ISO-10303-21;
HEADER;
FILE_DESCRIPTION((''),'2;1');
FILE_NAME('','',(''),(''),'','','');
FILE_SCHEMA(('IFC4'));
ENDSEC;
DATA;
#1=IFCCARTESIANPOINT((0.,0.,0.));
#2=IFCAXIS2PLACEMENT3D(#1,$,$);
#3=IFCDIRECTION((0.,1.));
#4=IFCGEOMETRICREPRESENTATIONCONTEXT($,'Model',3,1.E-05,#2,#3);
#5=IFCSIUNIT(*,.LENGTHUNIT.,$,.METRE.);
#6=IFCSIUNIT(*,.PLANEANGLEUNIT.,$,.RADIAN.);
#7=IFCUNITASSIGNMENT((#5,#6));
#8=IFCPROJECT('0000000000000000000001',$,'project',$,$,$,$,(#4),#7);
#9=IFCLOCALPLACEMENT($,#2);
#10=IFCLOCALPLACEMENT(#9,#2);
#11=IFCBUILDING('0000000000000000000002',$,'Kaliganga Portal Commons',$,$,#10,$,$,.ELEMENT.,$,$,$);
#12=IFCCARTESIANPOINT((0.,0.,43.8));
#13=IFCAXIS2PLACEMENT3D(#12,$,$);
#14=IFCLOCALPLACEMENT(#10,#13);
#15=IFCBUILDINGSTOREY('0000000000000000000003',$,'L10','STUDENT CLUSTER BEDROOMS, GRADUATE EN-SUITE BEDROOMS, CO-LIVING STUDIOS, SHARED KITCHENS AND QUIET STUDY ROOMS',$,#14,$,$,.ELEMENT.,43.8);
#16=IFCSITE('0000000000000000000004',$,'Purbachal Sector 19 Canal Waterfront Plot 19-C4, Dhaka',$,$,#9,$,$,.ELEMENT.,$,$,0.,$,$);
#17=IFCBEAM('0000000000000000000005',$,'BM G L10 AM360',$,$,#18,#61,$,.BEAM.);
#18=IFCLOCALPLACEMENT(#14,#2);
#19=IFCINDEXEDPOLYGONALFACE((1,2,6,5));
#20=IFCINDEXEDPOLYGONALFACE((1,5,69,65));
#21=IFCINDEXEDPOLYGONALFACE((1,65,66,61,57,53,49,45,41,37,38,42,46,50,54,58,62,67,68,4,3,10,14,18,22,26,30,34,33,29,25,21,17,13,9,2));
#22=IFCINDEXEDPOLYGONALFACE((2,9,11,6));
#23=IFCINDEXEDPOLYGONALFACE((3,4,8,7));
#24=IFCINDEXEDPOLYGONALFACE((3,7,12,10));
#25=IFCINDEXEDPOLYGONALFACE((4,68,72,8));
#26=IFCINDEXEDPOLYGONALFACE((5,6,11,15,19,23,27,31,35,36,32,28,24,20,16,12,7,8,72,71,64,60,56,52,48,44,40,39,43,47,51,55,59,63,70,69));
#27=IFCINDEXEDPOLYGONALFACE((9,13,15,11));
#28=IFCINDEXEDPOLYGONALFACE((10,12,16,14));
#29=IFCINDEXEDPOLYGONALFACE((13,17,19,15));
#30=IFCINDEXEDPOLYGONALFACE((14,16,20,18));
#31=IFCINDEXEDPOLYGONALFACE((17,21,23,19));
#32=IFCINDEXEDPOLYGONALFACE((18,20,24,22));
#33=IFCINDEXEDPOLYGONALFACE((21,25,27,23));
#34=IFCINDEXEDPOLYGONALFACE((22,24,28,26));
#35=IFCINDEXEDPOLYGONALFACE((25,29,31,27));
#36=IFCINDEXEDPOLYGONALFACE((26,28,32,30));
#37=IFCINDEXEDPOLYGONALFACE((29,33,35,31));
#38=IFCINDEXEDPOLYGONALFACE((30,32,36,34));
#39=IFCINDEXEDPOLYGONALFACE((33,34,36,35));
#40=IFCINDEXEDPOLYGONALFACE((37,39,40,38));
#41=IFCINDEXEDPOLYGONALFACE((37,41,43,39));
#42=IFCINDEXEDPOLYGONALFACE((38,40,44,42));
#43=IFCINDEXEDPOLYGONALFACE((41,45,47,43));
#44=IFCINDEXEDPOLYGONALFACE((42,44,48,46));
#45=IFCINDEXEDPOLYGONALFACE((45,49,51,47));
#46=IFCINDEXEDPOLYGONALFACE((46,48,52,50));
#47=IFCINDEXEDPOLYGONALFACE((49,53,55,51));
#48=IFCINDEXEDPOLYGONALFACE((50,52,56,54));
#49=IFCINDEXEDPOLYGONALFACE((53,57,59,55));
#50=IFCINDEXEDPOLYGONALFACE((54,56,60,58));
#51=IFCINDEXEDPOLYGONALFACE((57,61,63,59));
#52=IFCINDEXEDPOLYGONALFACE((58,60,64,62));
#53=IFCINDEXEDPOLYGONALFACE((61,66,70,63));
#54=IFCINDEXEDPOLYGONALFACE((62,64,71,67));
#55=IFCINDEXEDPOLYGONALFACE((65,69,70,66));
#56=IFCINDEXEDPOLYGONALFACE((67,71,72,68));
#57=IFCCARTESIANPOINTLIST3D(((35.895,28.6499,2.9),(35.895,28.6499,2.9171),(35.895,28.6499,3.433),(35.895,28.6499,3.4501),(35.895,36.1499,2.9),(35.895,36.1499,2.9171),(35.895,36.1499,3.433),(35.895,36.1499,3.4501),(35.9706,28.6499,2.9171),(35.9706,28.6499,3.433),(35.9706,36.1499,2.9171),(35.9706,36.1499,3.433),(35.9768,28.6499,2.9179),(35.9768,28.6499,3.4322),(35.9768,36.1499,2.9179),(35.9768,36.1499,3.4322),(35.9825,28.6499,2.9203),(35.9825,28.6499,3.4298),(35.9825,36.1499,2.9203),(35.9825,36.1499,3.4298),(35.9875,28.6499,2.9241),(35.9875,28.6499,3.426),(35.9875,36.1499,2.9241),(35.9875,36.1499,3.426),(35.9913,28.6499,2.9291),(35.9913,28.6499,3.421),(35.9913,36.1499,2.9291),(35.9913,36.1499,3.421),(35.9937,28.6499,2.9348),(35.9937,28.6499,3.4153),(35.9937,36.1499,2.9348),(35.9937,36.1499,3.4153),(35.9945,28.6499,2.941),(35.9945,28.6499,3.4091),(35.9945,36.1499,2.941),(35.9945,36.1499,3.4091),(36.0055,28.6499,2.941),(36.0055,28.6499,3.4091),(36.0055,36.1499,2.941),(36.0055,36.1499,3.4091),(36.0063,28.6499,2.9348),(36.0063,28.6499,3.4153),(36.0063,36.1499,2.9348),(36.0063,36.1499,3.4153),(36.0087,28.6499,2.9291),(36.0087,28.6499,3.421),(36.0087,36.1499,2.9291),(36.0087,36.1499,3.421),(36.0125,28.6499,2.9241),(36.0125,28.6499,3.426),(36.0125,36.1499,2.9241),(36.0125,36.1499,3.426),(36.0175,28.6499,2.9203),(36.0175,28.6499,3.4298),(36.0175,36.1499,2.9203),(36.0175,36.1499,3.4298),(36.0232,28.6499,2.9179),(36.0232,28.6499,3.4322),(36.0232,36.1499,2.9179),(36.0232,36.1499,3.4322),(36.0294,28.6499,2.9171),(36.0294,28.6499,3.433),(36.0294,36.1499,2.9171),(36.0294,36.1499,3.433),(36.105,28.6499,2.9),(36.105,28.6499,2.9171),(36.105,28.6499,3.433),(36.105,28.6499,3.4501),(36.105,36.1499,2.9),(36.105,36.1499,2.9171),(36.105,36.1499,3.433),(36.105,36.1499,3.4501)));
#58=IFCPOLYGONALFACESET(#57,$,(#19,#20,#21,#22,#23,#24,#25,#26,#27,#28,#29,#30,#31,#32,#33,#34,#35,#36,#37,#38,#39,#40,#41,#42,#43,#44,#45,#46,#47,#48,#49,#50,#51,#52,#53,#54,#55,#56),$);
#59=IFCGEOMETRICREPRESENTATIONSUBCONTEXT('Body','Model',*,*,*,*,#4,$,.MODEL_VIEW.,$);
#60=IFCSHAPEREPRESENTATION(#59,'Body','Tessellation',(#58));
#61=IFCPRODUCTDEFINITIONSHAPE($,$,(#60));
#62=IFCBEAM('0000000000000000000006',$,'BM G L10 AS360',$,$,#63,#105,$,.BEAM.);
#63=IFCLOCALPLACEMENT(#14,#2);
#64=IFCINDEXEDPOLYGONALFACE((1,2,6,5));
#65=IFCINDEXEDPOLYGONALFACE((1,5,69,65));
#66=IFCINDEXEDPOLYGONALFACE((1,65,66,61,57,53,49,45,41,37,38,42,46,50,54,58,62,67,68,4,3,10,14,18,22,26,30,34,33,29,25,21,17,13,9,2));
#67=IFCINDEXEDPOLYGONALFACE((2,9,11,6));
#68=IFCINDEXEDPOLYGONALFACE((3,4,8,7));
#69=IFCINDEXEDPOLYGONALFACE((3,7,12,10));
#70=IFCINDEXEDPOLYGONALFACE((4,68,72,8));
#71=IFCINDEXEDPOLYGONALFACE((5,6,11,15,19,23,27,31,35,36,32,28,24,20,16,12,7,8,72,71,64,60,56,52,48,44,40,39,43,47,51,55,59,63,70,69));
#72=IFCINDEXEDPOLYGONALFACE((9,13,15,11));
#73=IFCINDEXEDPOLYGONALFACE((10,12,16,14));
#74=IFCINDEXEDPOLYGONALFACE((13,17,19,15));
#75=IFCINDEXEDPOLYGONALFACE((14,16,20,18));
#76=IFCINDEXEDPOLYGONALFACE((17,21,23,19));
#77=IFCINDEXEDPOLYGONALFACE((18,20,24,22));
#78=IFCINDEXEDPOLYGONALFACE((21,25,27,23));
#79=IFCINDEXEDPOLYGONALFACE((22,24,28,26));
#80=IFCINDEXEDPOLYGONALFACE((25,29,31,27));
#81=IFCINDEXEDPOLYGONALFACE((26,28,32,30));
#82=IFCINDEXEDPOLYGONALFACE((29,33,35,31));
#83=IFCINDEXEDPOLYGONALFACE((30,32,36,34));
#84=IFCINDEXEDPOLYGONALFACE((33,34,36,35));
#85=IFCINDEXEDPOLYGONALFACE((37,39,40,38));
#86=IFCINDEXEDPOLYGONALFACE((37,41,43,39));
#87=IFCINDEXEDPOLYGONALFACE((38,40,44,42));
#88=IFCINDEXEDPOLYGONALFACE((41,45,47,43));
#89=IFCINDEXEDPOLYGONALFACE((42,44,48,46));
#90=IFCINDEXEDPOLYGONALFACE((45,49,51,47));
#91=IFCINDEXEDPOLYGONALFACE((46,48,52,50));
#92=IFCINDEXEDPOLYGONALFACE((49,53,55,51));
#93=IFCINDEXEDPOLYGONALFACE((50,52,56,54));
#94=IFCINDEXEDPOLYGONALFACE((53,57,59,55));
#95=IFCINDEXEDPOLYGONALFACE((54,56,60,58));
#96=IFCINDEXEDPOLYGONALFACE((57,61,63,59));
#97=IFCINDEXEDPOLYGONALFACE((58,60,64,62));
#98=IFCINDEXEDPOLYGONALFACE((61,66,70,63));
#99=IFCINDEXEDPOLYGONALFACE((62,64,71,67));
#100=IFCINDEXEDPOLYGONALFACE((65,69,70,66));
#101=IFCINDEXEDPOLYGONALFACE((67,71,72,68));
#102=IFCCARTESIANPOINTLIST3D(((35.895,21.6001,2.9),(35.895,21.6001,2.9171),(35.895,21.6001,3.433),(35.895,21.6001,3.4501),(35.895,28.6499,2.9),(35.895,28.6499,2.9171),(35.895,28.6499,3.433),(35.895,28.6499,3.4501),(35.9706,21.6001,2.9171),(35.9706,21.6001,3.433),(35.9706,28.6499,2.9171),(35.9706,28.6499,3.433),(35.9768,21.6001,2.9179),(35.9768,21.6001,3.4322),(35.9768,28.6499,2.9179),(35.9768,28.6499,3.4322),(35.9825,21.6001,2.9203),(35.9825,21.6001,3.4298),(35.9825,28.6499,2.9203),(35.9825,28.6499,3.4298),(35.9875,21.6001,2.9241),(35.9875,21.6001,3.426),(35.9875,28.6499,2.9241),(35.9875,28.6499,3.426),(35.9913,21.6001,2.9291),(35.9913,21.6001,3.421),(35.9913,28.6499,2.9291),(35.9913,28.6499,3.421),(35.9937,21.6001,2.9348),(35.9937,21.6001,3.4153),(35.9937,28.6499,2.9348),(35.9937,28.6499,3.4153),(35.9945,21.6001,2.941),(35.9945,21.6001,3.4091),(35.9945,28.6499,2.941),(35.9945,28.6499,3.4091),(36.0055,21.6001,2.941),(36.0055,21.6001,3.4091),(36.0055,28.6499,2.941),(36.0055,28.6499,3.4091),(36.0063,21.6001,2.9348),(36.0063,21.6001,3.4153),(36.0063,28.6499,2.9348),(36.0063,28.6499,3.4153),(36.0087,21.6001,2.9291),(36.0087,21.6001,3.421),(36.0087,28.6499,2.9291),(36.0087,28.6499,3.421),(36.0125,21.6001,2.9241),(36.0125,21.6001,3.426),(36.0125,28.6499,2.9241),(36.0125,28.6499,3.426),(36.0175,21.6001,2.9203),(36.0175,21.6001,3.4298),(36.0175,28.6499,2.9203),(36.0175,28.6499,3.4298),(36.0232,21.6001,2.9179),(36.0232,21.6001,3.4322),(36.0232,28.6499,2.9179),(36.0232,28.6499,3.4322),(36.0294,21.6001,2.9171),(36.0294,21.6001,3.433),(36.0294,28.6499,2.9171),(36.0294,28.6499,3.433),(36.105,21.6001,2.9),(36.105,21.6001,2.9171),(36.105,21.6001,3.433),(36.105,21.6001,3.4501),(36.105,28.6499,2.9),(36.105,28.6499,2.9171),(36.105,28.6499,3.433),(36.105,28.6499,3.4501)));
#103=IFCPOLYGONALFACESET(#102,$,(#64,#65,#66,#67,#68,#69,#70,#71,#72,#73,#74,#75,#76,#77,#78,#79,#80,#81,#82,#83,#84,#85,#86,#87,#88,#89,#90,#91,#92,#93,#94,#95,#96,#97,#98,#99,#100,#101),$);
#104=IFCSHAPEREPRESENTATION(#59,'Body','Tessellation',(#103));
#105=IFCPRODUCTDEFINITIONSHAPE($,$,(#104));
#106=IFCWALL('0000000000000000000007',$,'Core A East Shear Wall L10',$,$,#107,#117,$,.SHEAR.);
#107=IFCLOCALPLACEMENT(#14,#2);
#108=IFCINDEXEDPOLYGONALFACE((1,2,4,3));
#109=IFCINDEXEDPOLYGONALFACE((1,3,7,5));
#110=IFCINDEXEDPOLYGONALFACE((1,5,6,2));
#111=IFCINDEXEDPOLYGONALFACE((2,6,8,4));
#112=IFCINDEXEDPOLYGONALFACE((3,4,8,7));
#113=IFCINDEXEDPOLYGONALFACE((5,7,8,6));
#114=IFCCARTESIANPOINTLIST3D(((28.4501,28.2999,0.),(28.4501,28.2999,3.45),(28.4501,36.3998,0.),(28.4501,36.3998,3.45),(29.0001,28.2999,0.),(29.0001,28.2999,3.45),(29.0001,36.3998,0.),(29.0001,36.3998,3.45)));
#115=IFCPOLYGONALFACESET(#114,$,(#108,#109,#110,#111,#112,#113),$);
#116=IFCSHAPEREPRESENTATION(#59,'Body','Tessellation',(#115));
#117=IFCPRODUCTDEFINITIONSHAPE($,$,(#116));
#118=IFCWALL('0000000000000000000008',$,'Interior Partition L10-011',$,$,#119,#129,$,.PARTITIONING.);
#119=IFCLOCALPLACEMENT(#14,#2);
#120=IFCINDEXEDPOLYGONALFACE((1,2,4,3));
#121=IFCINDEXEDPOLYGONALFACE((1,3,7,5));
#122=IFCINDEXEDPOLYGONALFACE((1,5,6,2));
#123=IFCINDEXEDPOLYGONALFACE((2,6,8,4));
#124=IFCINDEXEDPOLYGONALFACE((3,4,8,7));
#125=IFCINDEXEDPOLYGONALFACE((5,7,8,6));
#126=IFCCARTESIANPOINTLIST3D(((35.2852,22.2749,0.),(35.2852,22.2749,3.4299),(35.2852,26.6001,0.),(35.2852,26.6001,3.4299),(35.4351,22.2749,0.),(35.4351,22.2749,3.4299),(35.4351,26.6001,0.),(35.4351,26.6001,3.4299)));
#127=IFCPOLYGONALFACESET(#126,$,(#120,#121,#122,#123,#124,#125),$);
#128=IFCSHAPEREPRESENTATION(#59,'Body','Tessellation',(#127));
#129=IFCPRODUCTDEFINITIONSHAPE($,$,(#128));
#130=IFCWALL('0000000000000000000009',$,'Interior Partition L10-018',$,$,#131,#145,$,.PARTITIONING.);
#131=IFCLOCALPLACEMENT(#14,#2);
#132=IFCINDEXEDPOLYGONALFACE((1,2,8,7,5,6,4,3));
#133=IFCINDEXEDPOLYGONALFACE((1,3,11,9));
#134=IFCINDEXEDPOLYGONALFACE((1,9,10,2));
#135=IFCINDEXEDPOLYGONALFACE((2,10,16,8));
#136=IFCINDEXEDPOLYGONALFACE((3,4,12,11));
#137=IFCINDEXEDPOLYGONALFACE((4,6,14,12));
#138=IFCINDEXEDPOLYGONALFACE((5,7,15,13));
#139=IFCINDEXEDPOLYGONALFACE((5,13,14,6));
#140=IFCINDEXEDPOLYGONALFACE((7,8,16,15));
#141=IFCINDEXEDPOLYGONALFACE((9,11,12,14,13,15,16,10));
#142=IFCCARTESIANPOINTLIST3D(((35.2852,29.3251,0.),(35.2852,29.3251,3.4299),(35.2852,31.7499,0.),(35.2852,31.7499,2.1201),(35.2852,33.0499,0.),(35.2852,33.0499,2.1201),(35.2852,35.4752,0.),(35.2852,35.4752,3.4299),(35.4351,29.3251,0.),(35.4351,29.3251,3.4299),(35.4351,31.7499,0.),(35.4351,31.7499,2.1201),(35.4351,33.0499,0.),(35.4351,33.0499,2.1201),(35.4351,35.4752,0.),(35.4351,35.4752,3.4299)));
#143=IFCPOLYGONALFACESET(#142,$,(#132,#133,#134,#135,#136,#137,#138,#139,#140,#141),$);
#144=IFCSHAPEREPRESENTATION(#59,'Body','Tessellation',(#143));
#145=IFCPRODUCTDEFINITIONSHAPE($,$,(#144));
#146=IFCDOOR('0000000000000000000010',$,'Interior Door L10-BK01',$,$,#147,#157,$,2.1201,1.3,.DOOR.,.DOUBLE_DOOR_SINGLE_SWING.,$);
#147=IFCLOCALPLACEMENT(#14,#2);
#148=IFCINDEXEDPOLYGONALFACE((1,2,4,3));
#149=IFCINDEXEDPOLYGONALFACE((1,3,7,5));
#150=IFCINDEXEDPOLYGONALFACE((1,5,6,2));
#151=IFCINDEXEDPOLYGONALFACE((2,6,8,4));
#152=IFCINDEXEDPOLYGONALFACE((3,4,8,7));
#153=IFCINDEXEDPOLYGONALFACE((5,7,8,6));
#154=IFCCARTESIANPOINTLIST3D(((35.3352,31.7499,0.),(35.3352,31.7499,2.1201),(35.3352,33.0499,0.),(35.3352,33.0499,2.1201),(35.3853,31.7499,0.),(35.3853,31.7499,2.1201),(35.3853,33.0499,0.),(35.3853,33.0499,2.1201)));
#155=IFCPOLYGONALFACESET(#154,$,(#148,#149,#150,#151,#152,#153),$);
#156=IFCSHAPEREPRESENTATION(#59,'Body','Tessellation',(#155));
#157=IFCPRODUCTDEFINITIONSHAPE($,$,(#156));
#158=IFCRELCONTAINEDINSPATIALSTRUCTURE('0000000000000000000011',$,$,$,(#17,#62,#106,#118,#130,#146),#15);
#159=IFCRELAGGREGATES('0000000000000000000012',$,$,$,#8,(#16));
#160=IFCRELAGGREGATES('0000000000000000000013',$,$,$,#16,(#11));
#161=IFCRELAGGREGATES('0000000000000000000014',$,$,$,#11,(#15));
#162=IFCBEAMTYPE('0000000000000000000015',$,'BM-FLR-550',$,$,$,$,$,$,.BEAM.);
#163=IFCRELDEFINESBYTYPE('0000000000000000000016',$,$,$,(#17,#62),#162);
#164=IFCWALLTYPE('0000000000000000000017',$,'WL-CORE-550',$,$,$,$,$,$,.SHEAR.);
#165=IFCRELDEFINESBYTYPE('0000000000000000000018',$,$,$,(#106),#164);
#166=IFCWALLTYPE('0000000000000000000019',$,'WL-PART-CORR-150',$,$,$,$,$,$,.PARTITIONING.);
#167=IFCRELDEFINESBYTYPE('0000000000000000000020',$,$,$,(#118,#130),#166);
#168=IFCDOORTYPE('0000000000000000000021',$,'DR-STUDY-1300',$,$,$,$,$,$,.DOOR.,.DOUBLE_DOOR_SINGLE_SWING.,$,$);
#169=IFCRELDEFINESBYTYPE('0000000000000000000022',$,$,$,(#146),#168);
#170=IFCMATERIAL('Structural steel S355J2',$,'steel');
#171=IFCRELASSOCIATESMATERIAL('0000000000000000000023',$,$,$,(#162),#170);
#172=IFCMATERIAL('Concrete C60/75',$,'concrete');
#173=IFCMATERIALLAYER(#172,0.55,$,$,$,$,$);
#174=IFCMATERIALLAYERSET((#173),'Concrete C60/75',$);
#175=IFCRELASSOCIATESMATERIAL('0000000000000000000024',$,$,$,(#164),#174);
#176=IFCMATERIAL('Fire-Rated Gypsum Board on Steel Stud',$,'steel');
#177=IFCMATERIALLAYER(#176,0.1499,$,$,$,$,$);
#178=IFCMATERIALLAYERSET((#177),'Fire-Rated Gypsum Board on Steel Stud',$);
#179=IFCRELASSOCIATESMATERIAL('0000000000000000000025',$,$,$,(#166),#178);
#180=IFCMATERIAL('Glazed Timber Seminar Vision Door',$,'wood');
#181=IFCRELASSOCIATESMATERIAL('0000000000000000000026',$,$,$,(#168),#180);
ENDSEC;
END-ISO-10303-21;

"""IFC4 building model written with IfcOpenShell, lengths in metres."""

from ifc_helpers import new_model, si_unit, direction, frame, frame_2d, origin, origin_2d, place, context, subcontext, project, spatial, rectangle, i_section, extrude, source, transform, mapped, material, layer, layer_set, material_profile, profile_set, type_object, element, fill, save


model = new_model("IFC4")

# Units and contexts
model_context = context("Model", 3, precision=1e-05, world=origin(), true_north=direction((0.0, 1.0)))
body_context = subcontext(model_context, "Body", "Model", "MODEL_VIEW")
ifc_project = project(units=[si_unit("LENGTHUNIT", "METRE"), si_unit("PLANEANGLEUNIT", "RADIAN")], contexts=[model_context])

# Site, building, storey
site_placement = place(None, origin())
site = spatial("IfcSite", under=ifc_project, at=site_placement, Name="Purbachal Sector 19 Canal Waterfront Plot 19-C4, Dhaka", CompositionType="ELEMENT", RefElevation=0.0)
building_placement = place(site_placement, origin())
building = spatial("IfcBuilding", under=site, at=building_placement, Name="Kaliganga Portal Commons", CompositionType="ELEMENT")
storey_placement = place(building_placement, frame((0.0, 0.0, 43.8)))
storey = spatial("IfcBuildingStorey", under=building, at=storey_placement, Name="L10", Description="STUDENT CLUSTER BEDROOMS, GRADUATE EN-SUITE BEDROOMS, CO-LIVING STUDIOS, SHARED KITCHENS AND QUIET STUDY ROOMS", CompositionType="ELEMENT", Elevation=43.8)

# Beams
ifc_material_1 = material(Name="Structural steel S355J2", Category="steel")
ifc_material_profile_1 = material_profile(ifc_material_1, i_section(OverallWidth=0.21, OverallDepth=0.55, WebThickness=0.011, FlangeThickness=0.0171, FilletRadius=0.0239, at=origin_2d()), Name="IPE 550")
ifc_profile_set_1 = profile_set([ifc_material_profile_1], Name="Structural steel S355J2 wide-flange")
beam_type_1 = type_object("IfcBeamType", Name="BM-FLR-550", PredefinedType="BEAM", material=ifc_profile_set_1)
shared_shape_1 = source(origin(), body_context, "Body", "SweptSolid", [
    extrude(i_section(OverallWidth=0.21, OverallDepth=0.55, WebThickness=0.011, FlangeThickness=0.0171, FilletRadius=0.0239, at=origin_2d()), origin(), (0.0, 0.0, 1.0), 7.5),
])
for number, where, z_axis, x_axis, name in (
    (1, (36.0, 28.6499, 3.175), (0.0, 1.0, 0.0), (-1.0, 0.0, 0.0), "BM G L10 AM360"),
):
    element("IfcBeam", number, at=place(storey_placement, frame(where, z_axis=z_axis, x_axis=x_axis)), inside=storey, type_object=beam_type_1, Name=name, PredefinedType="BEAM", context=body_context, shape_type="MappedRepresentation", body=[
        mapped(shared_shape_1, transform((0.0, 0.0, 0.0), x_axis=(1.0, 0.0, 0.0), y_axis=(0.0, 1.0, 0.0), z_axis=(0.0, 0.0, 1.0), scale=1.0)),
    ])
shared_shape_2 = source(origin(), body_context, "Body", "SweptSolid", [
    extrude(i_section(OverallWidth=0.21, OverallDepth=0.55, WebThickness=0.011, FlangeThickness=0.0171, FilletRadius=0.0239, at=origin_2d()), origin(), (0.0, 0.0, 1.0), 7.0498),
])
beam_1_placement = place(storey_placement, frame((36.0, 21.6001, 3.175), z_axis=(0.0, 1.0, 0.0), x_axis=(-1.0, 0.0, 0.0)))
element("IfcBeam", 2, at=beam_1_placement, inside=storey, type_object=beam_type_1, Name="BM G L10 AS360", PredefinedType="BEAM", context=body_context, shape_type="MappedRepresentation", body=[
    mapped(shared_shape_2, transform((0.0, 0.0, 0.0), x_axis=(1.0, 0.0, 0.0), y_axis=(0.0, 1.0, 0.0), z_axis=(0.0, 0.0, 1.0), scale=1.0)),
])

# Walls
ifc_material_2 = material(Name="Concrete C60/75", Category="concrete")
ifc_layer_1 = layer(ifc_material_2, 0.55)
ifc_layer_set_1 = layer_set([ifc_layer_1], Name="Concrete C60/75")
wall_type_1 = type_object("IfcWallType", Name="WL-CORE-550", PredefinedType="SHEAR", material=ifc_layer_set_1)
wall_1_placement = place(storey_placement, frame((28.7251, 28.3, 0.0), z_axis=(0.0, 0.0, 1.0), x_axis=(0.0, 1.0, 0.0)))
element("IfcWall", 3, at=wall_1_placement, inside=storey, type_object=wall_type_1, Name="Core A East Shear Wall L10", PredefinedType="SHEAR", context=body_context, shape_type="SweptSolid", body=[
    extrude(rectangle(XDim=8.0999, YDim=0.55, at=frame_2d((4.0498, 0.0))), origin(), (0.0, 0.0, 1.0), 3.45),
])
ifc_material_3 = material(Name="Fire-Rated Gypsum Board on Steel Stud", Category="steel")
ifc_layer_2 = layer(ifc_material_3, 0.1499)
ifc_layer_set_2 = layer_set([ifc_layer_2], Name="Fire-Rated Gypsum Board on Steel Stud")
wall_type_2 = type_object("IfcWallType", Name="WL-PART-CORR-150", PredefinedType="PARTITIONING", material=ifc_layer_set_2)
wall_2_placement = place(storey_placement, frame((35.3601, 22.2749, 0.0), z_axis=(0.0, 0.0, 1.0), x_axis=(0.0, 1.0, 0.0)))
element("IfcWall", 4, at=wall_2_placement, inside=storey, type_object=wall_type_2, Name="Interior Partition L10-011", PredefinedType="PARTITIONING", context=body_context, shape_type="SweptSolid", body=[
    extrude(rectangle(XDim=4.3252, YDim=0.1499, at=frame_2d((2.1626, 0.0))), origin(), (0.0, 0.0, 1.0), 3.4299),
])

# Wall, opening, door
wall_3_placement = place(storey_placement, frame((35.3601, 29.325, 0.0), z_axis=(0.0, 0.0, 1.0), x_axis=(0.0, 1.0, 0.0)))
wall_3 = element("IfcWall", 5, at=wall_3_placement, inside=storey, type_object=wall_type_2, Name="Interior Partition L10-018", PredefinedType="PARTITIONING", context=body_context, shape_type="SweptSolid", body=[
    extrude(rectangle(XDim=6.1501, YDim=0.1499, at=frame_2d((3.0752, 0.0))), origin(), (0.0, 0.0, 1.0), 3.4299),
])
opening_1_placement = place(wall_3_placement, frame((2.425, 0.0, 0.0)))
opening_1 = element("IfcOpeningElement", 6, at=opening_1_placement, cuts=wall_3, PredefinedType="OPENING", context=body_context, shape_type="SweptSolid", body=[
    extrude(rectangle(XDim=1.3, YDim=2.1201, at=frame_2d((0.6499, 1.0601))), frame((0.0, 0.085, 0.0), z_axis=(0.0, -1.0, 0.0), x_axis=(1.0, 0.0, 0.0)), (0.0, 0.0, 1.0), 0.1699),
])
ifc_material_4 = material(Name="Glazed Timber Seminar Vision Door", Category="wood")
door_type_1 = type_object("IfcDoorType", Name="DR-STUDY-1300", OperationType="DOUBLE_DOOR_SINGLE_SWING", PredefinedType="DOOR", material=ifc_material_4)
door_1_placement = place(opening_1_placement, origin())
door_1 = element("IfcDoor", 7, at=door_1_placement, inside=storey, type_object=door_type_1, Name="Interior Door L10-BK01", OperationType="DOUBLE_DOOR_SINGLE_SWING", OverallHeight=2.1201, OverallWidth=1.3, PredefinedType="DOOR", context=body_context, shape_type="SweptSolid", body=[
    extrude(rectangle(XDim=1.3, YDim=2.1201, at=frame_2d((0.6499, 1.0601))), frame((0.0, 0.0249, 0.0), z_axis=(0.0, -1.0, 0.0), x_axis=(1.0, 0.0, 0.0)), (0.0, 0.0, 1.0), 0.05),
])
fill(opening_1, door_1)

save(model, "model.ifc")
